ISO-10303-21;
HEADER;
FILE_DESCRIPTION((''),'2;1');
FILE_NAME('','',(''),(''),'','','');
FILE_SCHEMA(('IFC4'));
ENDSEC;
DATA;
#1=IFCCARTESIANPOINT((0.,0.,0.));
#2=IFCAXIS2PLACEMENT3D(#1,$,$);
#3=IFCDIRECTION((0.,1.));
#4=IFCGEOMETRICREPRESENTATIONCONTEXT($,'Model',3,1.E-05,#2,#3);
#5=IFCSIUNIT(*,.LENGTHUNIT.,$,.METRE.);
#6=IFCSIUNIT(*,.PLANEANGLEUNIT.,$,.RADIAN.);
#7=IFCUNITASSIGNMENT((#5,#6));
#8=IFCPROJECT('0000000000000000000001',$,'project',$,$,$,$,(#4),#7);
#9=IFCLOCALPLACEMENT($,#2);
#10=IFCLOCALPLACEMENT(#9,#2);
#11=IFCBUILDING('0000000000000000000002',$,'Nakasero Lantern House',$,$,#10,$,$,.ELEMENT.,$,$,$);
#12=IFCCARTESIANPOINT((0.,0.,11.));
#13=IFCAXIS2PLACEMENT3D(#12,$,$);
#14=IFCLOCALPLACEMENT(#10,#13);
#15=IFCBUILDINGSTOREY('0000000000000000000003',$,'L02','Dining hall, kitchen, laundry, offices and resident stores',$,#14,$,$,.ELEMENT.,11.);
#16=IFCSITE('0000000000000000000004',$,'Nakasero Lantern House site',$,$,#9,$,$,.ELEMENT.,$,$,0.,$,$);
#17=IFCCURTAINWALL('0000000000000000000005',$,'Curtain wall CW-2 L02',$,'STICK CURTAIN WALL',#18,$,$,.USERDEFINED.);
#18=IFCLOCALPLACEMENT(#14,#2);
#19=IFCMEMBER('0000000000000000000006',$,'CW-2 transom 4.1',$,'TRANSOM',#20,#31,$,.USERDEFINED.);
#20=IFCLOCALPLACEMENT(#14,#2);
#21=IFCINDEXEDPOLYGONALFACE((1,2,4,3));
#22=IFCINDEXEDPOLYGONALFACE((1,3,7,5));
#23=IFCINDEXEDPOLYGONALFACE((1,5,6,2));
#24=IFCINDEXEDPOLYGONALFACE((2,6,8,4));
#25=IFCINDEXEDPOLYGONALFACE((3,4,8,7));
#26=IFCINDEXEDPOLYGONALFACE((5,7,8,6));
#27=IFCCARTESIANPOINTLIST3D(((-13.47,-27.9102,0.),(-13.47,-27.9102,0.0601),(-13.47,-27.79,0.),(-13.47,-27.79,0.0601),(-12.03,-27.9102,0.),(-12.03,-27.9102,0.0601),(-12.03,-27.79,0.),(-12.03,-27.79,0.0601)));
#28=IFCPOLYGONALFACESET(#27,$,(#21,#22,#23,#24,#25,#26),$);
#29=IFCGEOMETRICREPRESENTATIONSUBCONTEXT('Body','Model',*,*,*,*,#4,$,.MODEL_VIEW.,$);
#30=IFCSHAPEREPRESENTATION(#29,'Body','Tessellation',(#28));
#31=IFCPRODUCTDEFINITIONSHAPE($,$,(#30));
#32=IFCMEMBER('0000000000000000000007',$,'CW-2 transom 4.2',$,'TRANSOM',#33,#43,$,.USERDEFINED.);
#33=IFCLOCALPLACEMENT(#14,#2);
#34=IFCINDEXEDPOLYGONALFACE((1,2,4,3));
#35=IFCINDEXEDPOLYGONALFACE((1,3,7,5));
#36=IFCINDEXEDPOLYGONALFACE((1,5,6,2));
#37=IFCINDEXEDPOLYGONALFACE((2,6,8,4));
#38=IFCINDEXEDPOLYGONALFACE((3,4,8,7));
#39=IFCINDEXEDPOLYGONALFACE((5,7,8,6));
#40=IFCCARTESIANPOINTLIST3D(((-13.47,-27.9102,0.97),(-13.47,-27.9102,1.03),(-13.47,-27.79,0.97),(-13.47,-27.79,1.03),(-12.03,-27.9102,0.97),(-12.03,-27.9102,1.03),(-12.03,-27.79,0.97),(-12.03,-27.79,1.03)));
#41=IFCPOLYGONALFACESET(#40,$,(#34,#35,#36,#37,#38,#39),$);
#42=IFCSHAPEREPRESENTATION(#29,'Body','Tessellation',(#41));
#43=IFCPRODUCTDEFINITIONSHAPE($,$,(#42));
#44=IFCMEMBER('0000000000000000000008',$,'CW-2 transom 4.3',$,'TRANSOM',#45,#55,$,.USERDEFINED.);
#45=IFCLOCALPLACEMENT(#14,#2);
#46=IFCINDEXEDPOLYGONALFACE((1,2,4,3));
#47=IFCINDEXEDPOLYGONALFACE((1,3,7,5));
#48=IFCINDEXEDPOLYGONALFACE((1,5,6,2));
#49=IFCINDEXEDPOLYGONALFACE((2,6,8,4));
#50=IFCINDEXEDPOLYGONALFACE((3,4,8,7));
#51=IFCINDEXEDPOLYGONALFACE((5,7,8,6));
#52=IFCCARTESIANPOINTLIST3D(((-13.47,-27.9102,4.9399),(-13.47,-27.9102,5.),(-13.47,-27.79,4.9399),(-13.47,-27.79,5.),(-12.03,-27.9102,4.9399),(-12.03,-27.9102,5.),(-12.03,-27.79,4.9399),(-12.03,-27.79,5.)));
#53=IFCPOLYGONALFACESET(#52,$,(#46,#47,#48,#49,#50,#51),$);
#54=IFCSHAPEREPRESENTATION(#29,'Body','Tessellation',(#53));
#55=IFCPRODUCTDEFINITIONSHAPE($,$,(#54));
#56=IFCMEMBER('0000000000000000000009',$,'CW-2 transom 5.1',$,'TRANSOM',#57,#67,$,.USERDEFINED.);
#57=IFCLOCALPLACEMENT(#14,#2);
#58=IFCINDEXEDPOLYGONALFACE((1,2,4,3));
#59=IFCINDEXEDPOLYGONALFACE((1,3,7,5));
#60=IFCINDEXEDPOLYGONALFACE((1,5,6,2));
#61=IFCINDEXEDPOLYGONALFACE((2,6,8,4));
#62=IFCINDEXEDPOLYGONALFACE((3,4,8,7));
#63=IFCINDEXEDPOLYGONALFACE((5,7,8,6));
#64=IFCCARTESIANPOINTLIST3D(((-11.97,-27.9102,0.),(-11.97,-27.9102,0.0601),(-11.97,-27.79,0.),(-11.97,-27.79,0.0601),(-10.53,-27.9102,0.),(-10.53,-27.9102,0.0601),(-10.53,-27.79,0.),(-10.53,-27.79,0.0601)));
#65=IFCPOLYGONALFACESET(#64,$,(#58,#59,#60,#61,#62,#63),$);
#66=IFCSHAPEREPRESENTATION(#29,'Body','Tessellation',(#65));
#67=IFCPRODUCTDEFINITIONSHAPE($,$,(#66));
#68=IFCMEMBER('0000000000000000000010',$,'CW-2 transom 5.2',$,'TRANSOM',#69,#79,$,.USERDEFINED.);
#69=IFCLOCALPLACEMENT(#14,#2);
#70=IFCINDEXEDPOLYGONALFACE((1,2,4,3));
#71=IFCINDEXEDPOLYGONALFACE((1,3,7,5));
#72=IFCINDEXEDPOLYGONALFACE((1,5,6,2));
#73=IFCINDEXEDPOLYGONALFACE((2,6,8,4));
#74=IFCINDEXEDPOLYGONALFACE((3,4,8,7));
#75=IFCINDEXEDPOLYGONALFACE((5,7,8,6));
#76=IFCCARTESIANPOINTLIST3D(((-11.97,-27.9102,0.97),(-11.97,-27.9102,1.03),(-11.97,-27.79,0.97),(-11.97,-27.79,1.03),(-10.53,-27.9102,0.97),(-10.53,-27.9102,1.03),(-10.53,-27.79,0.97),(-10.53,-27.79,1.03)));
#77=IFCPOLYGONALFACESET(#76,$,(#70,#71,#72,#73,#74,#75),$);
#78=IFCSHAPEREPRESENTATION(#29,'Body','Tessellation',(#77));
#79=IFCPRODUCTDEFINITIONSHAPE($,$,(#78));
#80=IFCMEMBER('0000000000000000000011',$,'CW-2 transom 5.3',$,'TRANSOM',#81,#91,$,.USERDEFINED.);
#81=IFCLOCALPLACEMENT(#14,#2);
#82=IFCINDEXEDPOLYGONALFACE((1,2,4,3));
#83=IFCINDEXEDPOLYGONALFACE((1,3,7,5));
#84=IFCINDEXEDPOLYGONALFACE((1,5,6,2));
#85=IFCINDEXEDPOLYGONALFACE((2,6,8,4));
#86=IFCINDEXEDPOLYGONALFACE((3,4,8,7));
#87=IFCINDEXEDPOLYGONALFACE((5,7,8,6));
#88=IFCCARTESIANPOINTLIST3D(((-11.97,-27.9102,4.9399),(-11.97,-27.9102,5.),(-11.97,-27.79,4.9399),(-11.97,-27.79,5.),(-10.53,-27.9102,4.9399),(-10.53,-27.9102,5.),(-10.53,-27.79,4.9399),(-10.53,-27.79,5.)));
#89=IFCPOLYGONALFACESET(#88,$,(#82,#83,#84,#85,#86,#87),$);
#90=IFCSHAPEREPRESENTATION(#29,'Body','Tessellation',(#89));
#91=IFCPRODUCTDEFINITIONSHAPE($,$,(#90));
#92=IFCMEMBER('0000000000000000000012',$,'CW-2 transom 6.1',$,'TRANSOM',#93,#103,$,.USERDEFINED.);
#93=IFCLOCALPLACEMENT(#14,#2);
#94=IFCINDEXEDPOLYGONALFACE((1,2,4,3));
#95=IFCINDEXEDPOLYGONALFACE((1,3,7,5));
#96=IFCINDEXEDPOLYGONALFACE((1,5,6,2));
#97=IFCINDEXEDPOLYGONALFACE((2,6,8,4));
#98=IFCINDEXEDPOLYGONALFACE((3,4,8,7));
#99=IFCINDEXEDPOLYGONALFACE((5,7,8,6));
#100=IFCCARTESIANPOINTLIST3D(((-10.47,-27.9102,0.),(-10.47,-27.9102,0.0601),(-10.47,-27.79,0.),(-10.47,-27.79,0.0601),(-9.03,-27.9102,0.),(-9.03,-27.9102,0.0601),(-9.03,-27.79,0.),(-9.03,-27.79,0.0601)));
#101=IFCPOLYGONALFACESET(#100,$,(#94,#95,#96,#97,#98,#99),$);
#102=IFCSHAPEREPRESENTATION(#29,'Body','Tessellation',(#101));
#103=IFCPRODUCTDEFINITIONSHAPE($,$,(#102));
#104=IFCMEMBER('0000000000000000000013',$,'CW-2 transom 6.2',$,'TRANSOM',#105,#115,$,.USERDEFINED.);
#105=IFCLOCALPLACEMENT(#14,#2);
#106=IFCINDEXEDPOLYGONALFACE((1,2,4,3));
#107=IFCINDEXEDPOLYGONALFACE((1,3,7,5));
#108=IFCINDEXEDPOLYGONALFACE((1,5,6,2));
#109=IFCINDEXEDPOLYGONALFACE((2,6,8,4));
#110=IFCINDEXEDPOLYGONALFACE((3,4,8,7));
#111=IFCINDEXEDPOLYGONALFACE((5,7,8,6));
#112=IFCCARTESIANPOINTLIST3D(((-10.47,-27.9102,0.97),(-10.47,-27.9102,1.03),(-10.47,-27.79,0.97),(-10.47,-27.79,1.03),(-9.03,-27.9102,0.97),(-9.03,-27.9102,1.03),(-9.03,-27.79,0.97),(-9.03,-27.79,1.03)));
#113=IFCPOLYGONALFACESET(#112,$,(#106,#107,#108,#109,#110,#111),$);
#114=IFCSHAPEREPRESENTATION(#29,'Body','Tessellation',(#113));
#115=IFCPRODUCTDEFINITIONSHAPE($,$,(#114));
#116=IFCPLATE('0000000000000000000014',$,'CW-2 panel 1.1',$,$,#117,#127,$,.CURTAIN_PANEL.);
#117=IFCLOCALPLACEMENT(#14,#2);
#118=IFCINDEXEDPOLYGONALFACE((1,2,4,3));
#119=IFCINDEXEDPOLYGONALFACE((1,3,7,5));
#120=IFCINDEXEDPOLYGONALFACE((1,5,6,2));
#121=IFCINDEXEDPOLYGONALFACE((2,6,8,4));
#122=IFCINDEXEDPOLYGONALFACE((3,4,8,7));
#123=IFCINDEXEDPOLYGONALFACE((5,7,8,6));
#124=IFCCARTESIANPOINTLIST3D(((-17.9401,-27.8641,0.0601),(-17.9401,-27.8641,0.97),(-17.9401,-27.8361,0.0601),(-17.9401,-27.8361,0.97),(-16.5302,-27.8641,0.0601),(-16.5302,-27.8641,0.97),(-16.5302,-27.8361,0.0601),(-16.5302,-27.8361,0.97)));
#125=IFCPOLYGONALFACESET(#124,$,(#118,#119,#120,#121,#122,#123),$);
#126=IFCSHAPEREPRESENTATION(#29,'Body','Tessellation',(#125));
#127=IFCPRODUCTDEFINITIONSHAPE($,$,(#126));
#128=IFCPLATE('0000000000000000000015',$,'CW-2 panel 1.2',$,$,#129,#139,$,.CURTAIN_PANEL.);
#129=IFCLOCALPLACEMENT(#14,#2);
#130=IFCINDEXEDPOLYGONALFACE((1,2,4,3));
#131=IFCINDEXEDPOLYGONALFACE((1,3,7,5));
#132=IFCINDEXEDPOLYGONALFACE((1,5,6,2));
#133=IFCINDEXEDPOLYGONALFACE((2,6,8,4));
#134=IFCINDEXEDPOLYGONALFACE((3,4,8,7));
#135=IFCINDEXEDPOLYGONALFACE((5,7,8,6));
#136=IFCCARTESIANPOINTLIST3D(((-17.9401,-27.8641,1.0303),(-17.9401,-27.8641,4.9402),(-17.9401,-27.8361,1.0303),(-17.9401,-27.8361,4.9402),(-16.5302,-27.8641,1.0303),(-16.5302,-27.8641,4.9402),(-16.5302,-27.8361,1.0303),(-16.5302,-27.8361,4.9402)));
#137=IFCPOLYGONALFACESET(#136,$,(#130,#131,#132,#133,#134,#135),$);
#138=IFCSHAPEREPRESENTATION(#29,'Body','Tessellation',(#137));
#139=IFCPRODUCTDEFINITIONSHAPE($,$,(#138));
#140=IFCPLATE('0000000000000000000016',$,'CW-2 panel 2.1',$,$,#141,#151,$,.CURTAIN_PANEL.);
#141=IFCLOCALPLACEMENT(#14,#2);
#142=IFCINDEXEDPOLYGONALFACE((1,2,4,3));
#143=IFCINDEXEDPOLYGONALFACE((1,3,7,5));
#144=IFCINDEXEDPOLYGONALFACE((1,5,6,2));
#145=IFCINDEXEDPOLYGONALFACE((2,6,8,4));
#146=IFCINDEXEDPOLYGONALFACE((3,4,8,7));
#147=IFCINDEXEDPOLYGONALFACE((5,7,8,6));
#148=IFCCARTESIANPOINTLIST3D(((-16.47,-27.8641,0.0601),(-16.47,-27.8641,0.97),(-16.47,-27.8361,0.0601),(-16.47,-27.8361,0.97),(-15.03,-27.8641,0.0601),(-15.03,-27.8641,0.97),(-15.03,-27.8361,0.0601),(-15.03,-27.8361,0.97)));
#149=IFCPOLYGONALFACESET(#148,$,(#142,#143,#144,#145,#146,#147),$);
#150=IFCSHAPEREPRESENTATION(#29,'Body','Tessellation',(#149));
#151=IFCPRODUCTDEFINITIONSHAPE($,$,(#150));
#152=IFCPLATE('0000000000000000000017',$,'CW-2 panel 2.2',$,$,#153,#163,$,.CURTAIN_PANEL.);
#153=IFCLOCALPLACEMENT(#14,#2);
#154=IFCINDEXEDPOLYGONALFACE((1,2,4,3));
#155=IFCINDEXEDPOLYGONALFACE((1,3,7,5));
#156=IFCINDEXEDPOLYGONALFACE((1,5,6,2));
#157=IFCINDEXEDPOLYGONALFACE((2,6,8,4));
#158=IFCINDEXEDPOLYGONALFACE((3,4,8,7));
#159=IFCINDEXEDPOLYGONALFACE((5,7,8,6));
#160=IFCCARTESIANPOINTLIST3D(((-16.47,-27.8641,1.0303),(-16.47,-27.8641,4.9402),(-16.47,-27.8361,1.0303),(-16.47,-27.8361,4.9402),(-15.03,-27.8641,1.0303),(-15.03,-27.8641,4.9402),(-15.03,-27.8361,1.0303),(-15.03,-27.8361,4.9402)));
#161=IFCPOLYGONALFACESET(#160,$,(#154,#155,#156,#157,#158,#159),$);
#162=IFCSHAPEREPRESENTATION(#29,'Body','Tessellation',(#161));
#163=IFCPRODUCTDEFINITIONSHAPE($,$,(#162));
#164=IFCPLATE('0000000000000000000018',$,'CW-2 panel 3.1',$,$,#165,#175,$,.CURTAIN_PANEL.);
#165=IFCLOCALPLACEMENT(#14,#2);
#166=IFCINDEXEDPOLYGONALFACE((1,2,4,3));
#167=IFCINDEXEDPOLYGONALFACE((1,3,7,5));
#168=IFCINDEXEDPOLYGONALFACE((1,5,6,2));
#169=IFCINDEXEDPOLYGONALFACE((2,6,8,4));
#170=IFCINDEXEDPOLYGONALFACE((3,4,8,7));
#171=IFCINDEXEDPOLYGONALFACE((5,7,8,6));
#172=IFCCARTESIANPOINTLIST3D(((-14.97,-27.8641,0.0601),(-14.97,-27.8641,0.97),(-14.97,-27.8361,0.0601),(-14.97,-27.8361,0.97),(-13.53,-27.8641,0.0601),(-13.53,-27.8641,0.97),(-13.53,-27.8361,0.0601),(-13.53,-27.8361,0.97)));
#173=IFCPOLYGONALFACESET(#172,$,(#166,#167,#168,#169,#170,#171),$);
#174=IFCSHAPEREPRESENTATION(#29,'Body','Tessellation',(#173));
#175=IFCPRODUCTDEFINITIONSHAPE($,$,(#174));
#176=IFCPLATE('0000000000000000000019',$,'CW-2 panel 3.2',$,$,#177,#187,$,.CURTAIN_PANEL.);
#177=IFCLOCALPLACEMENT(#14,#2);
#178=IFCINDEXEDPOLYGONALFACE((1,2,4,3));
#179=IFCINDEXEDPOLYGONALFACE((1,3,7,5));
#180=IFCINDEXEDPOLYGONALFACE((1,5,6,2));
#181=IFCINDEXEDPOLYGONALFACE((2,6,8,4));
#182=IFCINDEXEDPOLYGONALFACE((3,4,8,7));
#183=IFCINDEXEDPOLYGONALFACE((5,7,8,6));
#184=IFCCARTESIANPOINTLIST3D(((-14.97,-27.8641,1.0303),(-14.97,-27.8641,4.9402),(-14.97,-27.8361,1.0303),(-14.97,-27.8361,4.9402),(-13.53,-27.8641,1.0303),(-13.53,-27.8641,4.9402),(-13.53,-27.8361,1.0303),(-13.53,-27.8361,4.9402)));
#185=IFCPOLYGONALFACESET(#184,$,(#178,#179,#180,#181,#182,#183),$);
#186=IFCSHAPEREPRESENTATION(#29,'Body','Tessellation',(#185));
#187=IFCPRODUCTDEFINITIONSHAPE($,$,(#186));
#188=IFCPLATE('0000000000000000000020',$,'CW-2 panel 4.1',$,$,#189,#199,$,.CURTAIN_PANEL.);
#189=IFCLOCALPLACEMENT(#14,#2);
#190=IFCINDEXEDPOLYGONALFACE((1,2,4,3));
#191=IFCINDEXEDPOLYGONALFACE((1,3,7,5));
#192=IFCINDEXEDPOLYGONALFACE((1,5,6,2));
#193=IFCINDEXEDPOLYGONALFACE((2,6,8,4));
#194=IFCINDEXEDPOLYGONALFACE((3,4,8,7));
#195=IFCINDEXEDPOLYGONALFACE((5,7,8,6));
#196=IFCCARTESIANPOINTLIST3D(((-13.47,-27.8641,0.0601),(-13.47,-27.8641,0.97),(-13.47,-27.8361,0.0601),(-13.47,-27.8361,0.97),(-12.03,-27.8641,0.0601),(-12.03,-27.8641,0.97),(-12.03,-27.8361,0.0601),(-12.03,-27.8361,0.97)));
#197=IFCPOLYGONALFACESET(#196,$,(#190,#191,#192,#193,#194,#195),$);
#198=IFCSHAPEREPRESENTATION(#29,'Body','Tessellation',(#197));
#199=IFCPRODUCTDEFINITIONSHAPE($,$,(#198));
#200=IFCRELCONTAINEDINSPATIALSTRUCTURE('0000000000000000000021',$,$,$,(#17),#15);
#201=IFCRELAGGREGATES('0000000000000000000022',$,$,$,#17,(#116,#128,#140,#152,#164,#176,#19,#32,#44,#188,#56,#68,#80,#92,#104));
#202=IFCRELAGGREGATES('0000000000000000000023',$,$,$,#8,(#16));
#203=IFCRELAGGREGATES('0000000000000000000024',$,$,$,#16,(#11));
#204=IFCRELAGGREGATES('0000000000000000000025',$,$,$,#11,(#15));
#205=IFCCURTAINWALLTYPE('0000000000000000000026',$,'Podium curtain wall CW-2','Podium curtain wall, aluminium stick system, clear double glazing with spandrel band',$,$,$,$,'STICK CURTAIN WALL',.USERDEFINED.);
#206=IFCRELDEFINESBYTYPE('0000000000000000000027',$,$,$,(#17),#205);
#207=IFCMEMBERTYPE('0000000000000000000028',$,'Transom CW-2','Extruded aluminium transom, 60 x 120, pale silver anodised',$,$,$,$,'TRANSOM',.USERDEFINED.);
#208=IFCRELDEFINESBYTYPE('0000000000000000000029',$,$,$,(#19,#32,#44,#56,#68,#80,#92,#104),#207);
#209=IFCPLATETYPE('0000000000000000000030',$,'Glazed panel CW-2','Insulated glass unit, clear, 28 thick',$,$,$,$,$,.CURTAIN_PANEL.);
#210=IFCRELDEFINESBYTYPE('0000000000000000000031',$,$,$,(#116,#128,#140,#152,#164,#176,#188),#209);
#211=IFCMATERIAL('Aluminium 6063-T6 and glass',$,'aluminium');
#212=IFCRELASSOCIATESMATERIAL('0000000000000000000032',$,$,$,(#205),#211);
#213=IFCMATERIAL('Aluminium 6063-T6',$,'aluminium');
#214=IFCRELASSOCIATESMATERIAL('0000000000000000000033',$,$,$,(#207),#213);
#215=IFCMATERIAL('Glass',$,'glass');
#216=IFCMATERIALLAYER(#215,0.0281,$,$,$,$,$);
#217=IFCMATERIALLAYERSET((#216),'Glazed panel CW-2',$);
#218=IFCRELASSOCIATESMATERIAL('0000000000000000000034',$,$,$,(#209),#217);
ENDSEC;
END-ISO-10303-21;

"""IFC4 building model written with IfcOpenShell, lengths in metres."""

from ifc_helpers import new_model, si_unit, direction, frame, origin, origin_2d, place, context, subcontext, project, spatial, rectangle, extrude, material, layer, layer_set, material_profile, profile_set, type_object, element, aggregate, save


model = new_model("IFC4")

# Units and contexts
model_context = context("Model", 3, precision=1e-05, world=origin(), true_north=direction((0.0, 1.0)))
body_context = subcontext(model_context, "Body", "Model", "MODEL_VIEW")
ifc_project = project(units=[si_unit("LENGTHUNIT", "METRE"), si_unit("PLANEANGLEUNIT", "RADIAN")], contexts=[model_context])

# Site, building, storey
site_placement = place(None, origin())
site = spatial("IfcSite", under=ifc_project, at=site_placement, Name="Nakasero Lantern House site", CompositionType="ELEMENT", RefElevation=0.0)
building_placement = place(site_placement, origin())
building = spatial("IfcBuilding", under=site, at=building_placement, Name="Nakasero Lantern House", CompositionType="ELEMENT")
storey_placement = place(building_placement, frame((0.0, 0.0, 11.0)))
storey = spatial("IfcBuildingStorey", under=building, at=storey_placement, Name="L02", Description="Dining hall, kitchen, laundry, offices and resident stores", CompositionType="ELEMENT", Elevation=11.0)

# Curtain wall, members, plates
ifc_material_1 = material(Name="Aluminium 6063-T6 and glass", Category="aluminium")
curtain_wall_type = type_object("IfcCurtainWallType", Name="Podium curtain wall CW-2", Description="Podium curtain wall, aluminium stick system, clear double glazing with spandrel band", ElementType="STICK CURTAIN WALL", PredefinedType="USERDEFINED", material=ifc_material_1)
curtain_wall_placement = place(storey_placement, origin())
curtain_wall = element("IfcCurtainWall", 1, at=curtain_wall_placement, inside=storey, type_object=curtain_wall_type, Name="Curtain wall CW-2 L02", ObjectType="STICK CURTAIN WALL", PredefinedType="USERDEFINED")
ifc_material_2 = material(Name="Aluminium 6063-T6", Category="aluminium")
ifc_material_profile_1 = material_profile(ifc_material_2, rectangle(XDim=0.0601, YDim=0.1201, at=origin_2d()), Name="CW-2 transom 60x120")
ifc_profile_set_1 = profile_set([ifc_material_profile_1], Name="Aluminium 6063-T6")
member_type_1 = type_object("IfcMemberType", Name="Transom CW-2", Description="Extruded aluminium transom, 60 x 120, pale silver anodised", ElementType="TRANSOM", PredefinedType="USERDEFINED", material=ifc_profile_set_1)
member_1_placement = place(storey_placement, frame((-13.47, -27.8501, 0.03), z_axis=(1.0, 0.0, 0.0), x_axis=(0.0, 0.0, 1.0)))
member_1 = element("IfcMember", 2, at=member_1_placement, type_object=member_type_1, Name="CW-2 transom 4.1", ObjectType="TRANSOM", PredefinedType="USERDEFINED", context=body_context, shape_type="SweptSolid", body=[
    extrude(rectangle(XDim=0.0601, YDim=0.1201, at=origin_2d()), origin(), (0.0, 0.0, 1.0), 1.4399),
])
member_2_placement = place(storey_placement, frame((-13.47, -27.8501, 1.0), z_axis=(1.0, 0.0, 0.0), x_axis=(0.0, 0.0, 1.0)))
member_2 = element("IfcMember", 3, at=member_2_placement, type_object=member_type_1, Name="CW-2 transom 4.2", ObjectType="TRANSOM", PredefinedType="USERDEFINED", context=body_context, shape_type="SweptSolid", body=[
    extrude(rectangle(XDim=0.0601, YDim=0.1201, at=origin_2d()), origin(), (0.0, 0.0, 1.0), 1.4399),
])
member_3_placement = place(storey_placement, frame((-13.47, -27.8501, 4.97), z_axis=(1.0, 0.0, 0.0), x_axis=(0.0, 0.0, 1.0)))
member_3 = element("IfcMember", 4, at=member_3_placement, type_object=member_type_1, Name="CW-2 transom 4.3", ObjectType="TRANSOM", PredefinedType="USERDEFINED", context=body_context, shape_type="SweptSolid", body=[
    extrude(rectangle(XDim=0.0601, YDim=0.1201, at=origin_2d()), origin(), (0.0, 0.0, 1.0), 1.4399),
])
member_4_placement = place(storey_placement, frame((-11.97, -27.8501, 0.03), z_axis=(1.0, 0.0, 0.0), x_axis=(0.0, 0.0, 1.0)))
member_4 = element("IfcMember", 5, at=member_4_placement, type_object=member_type_1, Name="CW-2 transom 5.1", ObjectType="TRANSOM", PredefinedType="USERDEFINED", context=body_context, shape_type="SweptSolid", body=[
    extrude(rectangle(XDim=0.0601, YDim=0.1201, at=origin_2d()), origin(), (0.0, 0.0, 1.0), 1.4399),
])
member_5_placement = place(storey_placement, frame((-11.97, -27.8501, 1.0), z_axis=(1.0, 0.0, 0.0), x_axis=(0.0, 0.0, 1.0)))
member_5 = element("IfcMember", 6, at=member_5_placement, type_object=member_type_1, Name="CW-2 transom 5.2", ObjectType="TRANSOM", PredefinedType="USERDEFINED", context=body_context, shape_type="SweptSolid", body=[
    extrude(rectangle(XDim=0.0601, YDim=0.1201, at=origin_2d()), origin(), (0.0, 0.0, 1.0), 1.4399),
])
member_6_placement = place(storey_placement, frame((-11.97, -27.8501, 4.97), z_axis=(1.0, 0.0, 0.0), x_axis=(0.0, 0.0, 1.0)))
member_6 = element("IfcMember", 7, at=member_6_placement, type_object=member_type_1, Name="CW-2 transom 5.3", ObjectType="TRANSOM", PredefinedType="USERDEFINED", context=body_context, shape_type="SweptSolid", body=[
    extrude(rectangle(XDim=0.0601, YDim=0.1201, at=origin_2d()), origin(), (0.0, 0.0, 1.0), 1.4399),
])
member_7_placement = place(storey_placement, frame((-10.47, -27.8501, 0.03), z_axis=(1.0, 0.0, 0.0), x_axis=(0.0, 0.0, 1.0)))
member_7 = element("IfcMember", 8, at=member_7_placement, type_object=member_type_1, Name="CW-2 transom 6.1", ObjectType="TRANSOM", PredefinedType="USERDEFINED", context=body_context, shape_type="SweptSolid", body=[
    extrude(rectangle(XDim=0.0601, YDim=0.1201, at=origin_2d()), origin(), (0.0, 0.0, 1.0), 1.4399),
])
member_8_placement = place(storey_placement, frame((-10.47, -27.8501, 1.0), z_axis=(1.0, 0.0, 0.0), x_axis=(0.0, 0.0, 1.0)))
member_8 = element("IfcMember", 9, at=member_8_placement, type_object=member_type_1, Name="CW-2 transom 6.2", ObjectType="TRANSOM", PredefinedType="USERDEFINED", context=body_context, shape_type="SweptSolid", body=[
    extrude(rectangle(XDim=0.0601, YDim=0.1201, at=origin_2d()), origin(), (0.0, 0.0, 1.0), 1.4399),
])
ifc_material_3 = material(Name="Glass", Category="glass")
ifc_layer = layer(ifc_material_3, 0.0281)
ifc_layer_set = layer_set([ifc_layer], Name="Glazed panel CW-2")
plate_type = type_object("IfcPlateType", Name="Glazed panel CW-2", Description="Insulated glass unit, clear, 28 thick", PredefinedType="CURTAIN_PANEL", material=ifc_layer_set)
plate_1_placement = place(storey_placement, frame((-17.2351, -27.8501, 0.0601), z_axis=(0.0, 0.0, 1.0), x_axis=(1.0, 0.0, 0.0)))
plate_1 = element("IfcPlate", 10, at=plate_1_placement, type_object=plate_type, Name="CW-2 panel 1.1", PredefinedType="CURTAIN_PANEL", context=body_context, shape_type="SweptSolid", body=[
    extrude(rectangle(XDim=1.4099, YDim=0.0281, at=origin_2d()), origin(), (0.0, 0.0, 1.0), 0.9099),
])
plate_2_placement = place(storey_placement, frame((-17.2351, -27.8501, 1.0303), z_axis=(0.0, 0.0, 1.0), x_axis=(1.0, 0.0, 0.0)))
plate_2 = element("IfcPlate", 11, at=plate_2_placement, type_object=plate_type, Name="CW-2 panel 1.2", PredefinedType="CURTAIN_PANEL", context=body_context, shape_type="SweptSolid", body=[
    extrude(rectangle(XDim=1.4099, YDim=0.0281, at=origin_2d()), origin(), (0.0, 0.0, 1.0), 3.9099),
])
plate_3_placement = place(storey_placement, frame((-15.75, -27.8501, 0.0601), z_axis=(0.0, 0.0, 1.0), x_axis=(1.0, 0.0, 0.0)))
plate_3 = element("IfcPlate", 12, at=plate_3_placement, type_object=plate_type, Name="CW-2 panel 2.1", PredefinedType="CURTAIN_PANEL", context=body_context, shape_type="SweptSolid", body=[
    extrude(rectangle(XDim=1.4399, YDim=0.0281, at=origin_2d()), origin(), (0.0, 0.0, 1.0), 0.9099),
])
plate_4_placement = place(storey_placement, frame((-15.75, -27.8501, 1.0303), z_axis=(0.0, 0.0, 1.0), x_axis=(1.0, 0.0, 0.0)))
plate_4 = element("IfcPlate", 13, at=plate_4_placement, type_object=plate_type, Name="CW-2 panel 2.2", PredefinedType="CURTAIN_PANEL", context=body_context, shape_type="SweptSolid", body=[
    extrude(rectangle(XDim=1.4399, YDim=0.0281, at=origin_2d()), origin(), (0.0, 0.0, 1.0), 3.9099),
])
plate_5_placement = place(storey_placement, frame((-14.25, -27.8501, 0.0601), z_axis=(0.0, 0.0, 1.0), x_axis=(1.0, 0.0, 0.0)))
plate_5 = element("IfcPlate", 14, at=plate_5_placement, type_object=plate_type, Name="CW-2 panel 3.1", PredefinedType="CURTAIN_PANEL", context=body_context, shape_type="SweptSolid", body=[
    extrude(rectangle(XDim=1.4399, YDim=0.0281, at=origin_2d()), origin(), (0.0, 0.0, 1.0), 0.9099),
])
plate_6_placement = place(storey_placement, frame((-14.25, -27.8501, 1.0303), z_axis=(0.0, 0.0, 1.0), x_axis=(1.0, 0.0, 0.0)))
plate_6 = element("IfcPlate", 15, at=plate_6_placement, type_object=plate_type, Name="CW-2 panel 3.2", PredefinedType="CURTAIN_PANEL", context=body_context, shape_type="SweptSolid", body=[
    extrude(rectangle(XDim=1.4399, YDim=0.0281, at=origin_2d()), origin(), (0.0, 0.0, 1.0), 3.9099),
])
plate_7_placement = place(storey_placement, frame((-12.75, -27.8501, 0.0601), z_axis=(0.0, 0.0, 1.0), x_axis=(1.0, 0.0, 0.0)))
plate_7 = element("IfcPlate", 16, at=plate_7_placement, type_object=plate_type, Name="CW-2 panel 4.1", PredefinedType="CURTAIN_PANEL", context=body_context, shape_type="SweptSolid", body=[
    extrude(rectangle(XDim=1.4399, YDim=0.0281, at=origin_2d()), origin(), (0.0, 0.0, 1.0), 0.9099),
])
aggregate(curtain_wall, [plate_1, plate_2, plate_3, plate_4, plate_5, plate_6, member_1, member_2, member_3, plate_7, member_4, member_5, member_6, member_7, member_8])

save(model, "model.ifc")
